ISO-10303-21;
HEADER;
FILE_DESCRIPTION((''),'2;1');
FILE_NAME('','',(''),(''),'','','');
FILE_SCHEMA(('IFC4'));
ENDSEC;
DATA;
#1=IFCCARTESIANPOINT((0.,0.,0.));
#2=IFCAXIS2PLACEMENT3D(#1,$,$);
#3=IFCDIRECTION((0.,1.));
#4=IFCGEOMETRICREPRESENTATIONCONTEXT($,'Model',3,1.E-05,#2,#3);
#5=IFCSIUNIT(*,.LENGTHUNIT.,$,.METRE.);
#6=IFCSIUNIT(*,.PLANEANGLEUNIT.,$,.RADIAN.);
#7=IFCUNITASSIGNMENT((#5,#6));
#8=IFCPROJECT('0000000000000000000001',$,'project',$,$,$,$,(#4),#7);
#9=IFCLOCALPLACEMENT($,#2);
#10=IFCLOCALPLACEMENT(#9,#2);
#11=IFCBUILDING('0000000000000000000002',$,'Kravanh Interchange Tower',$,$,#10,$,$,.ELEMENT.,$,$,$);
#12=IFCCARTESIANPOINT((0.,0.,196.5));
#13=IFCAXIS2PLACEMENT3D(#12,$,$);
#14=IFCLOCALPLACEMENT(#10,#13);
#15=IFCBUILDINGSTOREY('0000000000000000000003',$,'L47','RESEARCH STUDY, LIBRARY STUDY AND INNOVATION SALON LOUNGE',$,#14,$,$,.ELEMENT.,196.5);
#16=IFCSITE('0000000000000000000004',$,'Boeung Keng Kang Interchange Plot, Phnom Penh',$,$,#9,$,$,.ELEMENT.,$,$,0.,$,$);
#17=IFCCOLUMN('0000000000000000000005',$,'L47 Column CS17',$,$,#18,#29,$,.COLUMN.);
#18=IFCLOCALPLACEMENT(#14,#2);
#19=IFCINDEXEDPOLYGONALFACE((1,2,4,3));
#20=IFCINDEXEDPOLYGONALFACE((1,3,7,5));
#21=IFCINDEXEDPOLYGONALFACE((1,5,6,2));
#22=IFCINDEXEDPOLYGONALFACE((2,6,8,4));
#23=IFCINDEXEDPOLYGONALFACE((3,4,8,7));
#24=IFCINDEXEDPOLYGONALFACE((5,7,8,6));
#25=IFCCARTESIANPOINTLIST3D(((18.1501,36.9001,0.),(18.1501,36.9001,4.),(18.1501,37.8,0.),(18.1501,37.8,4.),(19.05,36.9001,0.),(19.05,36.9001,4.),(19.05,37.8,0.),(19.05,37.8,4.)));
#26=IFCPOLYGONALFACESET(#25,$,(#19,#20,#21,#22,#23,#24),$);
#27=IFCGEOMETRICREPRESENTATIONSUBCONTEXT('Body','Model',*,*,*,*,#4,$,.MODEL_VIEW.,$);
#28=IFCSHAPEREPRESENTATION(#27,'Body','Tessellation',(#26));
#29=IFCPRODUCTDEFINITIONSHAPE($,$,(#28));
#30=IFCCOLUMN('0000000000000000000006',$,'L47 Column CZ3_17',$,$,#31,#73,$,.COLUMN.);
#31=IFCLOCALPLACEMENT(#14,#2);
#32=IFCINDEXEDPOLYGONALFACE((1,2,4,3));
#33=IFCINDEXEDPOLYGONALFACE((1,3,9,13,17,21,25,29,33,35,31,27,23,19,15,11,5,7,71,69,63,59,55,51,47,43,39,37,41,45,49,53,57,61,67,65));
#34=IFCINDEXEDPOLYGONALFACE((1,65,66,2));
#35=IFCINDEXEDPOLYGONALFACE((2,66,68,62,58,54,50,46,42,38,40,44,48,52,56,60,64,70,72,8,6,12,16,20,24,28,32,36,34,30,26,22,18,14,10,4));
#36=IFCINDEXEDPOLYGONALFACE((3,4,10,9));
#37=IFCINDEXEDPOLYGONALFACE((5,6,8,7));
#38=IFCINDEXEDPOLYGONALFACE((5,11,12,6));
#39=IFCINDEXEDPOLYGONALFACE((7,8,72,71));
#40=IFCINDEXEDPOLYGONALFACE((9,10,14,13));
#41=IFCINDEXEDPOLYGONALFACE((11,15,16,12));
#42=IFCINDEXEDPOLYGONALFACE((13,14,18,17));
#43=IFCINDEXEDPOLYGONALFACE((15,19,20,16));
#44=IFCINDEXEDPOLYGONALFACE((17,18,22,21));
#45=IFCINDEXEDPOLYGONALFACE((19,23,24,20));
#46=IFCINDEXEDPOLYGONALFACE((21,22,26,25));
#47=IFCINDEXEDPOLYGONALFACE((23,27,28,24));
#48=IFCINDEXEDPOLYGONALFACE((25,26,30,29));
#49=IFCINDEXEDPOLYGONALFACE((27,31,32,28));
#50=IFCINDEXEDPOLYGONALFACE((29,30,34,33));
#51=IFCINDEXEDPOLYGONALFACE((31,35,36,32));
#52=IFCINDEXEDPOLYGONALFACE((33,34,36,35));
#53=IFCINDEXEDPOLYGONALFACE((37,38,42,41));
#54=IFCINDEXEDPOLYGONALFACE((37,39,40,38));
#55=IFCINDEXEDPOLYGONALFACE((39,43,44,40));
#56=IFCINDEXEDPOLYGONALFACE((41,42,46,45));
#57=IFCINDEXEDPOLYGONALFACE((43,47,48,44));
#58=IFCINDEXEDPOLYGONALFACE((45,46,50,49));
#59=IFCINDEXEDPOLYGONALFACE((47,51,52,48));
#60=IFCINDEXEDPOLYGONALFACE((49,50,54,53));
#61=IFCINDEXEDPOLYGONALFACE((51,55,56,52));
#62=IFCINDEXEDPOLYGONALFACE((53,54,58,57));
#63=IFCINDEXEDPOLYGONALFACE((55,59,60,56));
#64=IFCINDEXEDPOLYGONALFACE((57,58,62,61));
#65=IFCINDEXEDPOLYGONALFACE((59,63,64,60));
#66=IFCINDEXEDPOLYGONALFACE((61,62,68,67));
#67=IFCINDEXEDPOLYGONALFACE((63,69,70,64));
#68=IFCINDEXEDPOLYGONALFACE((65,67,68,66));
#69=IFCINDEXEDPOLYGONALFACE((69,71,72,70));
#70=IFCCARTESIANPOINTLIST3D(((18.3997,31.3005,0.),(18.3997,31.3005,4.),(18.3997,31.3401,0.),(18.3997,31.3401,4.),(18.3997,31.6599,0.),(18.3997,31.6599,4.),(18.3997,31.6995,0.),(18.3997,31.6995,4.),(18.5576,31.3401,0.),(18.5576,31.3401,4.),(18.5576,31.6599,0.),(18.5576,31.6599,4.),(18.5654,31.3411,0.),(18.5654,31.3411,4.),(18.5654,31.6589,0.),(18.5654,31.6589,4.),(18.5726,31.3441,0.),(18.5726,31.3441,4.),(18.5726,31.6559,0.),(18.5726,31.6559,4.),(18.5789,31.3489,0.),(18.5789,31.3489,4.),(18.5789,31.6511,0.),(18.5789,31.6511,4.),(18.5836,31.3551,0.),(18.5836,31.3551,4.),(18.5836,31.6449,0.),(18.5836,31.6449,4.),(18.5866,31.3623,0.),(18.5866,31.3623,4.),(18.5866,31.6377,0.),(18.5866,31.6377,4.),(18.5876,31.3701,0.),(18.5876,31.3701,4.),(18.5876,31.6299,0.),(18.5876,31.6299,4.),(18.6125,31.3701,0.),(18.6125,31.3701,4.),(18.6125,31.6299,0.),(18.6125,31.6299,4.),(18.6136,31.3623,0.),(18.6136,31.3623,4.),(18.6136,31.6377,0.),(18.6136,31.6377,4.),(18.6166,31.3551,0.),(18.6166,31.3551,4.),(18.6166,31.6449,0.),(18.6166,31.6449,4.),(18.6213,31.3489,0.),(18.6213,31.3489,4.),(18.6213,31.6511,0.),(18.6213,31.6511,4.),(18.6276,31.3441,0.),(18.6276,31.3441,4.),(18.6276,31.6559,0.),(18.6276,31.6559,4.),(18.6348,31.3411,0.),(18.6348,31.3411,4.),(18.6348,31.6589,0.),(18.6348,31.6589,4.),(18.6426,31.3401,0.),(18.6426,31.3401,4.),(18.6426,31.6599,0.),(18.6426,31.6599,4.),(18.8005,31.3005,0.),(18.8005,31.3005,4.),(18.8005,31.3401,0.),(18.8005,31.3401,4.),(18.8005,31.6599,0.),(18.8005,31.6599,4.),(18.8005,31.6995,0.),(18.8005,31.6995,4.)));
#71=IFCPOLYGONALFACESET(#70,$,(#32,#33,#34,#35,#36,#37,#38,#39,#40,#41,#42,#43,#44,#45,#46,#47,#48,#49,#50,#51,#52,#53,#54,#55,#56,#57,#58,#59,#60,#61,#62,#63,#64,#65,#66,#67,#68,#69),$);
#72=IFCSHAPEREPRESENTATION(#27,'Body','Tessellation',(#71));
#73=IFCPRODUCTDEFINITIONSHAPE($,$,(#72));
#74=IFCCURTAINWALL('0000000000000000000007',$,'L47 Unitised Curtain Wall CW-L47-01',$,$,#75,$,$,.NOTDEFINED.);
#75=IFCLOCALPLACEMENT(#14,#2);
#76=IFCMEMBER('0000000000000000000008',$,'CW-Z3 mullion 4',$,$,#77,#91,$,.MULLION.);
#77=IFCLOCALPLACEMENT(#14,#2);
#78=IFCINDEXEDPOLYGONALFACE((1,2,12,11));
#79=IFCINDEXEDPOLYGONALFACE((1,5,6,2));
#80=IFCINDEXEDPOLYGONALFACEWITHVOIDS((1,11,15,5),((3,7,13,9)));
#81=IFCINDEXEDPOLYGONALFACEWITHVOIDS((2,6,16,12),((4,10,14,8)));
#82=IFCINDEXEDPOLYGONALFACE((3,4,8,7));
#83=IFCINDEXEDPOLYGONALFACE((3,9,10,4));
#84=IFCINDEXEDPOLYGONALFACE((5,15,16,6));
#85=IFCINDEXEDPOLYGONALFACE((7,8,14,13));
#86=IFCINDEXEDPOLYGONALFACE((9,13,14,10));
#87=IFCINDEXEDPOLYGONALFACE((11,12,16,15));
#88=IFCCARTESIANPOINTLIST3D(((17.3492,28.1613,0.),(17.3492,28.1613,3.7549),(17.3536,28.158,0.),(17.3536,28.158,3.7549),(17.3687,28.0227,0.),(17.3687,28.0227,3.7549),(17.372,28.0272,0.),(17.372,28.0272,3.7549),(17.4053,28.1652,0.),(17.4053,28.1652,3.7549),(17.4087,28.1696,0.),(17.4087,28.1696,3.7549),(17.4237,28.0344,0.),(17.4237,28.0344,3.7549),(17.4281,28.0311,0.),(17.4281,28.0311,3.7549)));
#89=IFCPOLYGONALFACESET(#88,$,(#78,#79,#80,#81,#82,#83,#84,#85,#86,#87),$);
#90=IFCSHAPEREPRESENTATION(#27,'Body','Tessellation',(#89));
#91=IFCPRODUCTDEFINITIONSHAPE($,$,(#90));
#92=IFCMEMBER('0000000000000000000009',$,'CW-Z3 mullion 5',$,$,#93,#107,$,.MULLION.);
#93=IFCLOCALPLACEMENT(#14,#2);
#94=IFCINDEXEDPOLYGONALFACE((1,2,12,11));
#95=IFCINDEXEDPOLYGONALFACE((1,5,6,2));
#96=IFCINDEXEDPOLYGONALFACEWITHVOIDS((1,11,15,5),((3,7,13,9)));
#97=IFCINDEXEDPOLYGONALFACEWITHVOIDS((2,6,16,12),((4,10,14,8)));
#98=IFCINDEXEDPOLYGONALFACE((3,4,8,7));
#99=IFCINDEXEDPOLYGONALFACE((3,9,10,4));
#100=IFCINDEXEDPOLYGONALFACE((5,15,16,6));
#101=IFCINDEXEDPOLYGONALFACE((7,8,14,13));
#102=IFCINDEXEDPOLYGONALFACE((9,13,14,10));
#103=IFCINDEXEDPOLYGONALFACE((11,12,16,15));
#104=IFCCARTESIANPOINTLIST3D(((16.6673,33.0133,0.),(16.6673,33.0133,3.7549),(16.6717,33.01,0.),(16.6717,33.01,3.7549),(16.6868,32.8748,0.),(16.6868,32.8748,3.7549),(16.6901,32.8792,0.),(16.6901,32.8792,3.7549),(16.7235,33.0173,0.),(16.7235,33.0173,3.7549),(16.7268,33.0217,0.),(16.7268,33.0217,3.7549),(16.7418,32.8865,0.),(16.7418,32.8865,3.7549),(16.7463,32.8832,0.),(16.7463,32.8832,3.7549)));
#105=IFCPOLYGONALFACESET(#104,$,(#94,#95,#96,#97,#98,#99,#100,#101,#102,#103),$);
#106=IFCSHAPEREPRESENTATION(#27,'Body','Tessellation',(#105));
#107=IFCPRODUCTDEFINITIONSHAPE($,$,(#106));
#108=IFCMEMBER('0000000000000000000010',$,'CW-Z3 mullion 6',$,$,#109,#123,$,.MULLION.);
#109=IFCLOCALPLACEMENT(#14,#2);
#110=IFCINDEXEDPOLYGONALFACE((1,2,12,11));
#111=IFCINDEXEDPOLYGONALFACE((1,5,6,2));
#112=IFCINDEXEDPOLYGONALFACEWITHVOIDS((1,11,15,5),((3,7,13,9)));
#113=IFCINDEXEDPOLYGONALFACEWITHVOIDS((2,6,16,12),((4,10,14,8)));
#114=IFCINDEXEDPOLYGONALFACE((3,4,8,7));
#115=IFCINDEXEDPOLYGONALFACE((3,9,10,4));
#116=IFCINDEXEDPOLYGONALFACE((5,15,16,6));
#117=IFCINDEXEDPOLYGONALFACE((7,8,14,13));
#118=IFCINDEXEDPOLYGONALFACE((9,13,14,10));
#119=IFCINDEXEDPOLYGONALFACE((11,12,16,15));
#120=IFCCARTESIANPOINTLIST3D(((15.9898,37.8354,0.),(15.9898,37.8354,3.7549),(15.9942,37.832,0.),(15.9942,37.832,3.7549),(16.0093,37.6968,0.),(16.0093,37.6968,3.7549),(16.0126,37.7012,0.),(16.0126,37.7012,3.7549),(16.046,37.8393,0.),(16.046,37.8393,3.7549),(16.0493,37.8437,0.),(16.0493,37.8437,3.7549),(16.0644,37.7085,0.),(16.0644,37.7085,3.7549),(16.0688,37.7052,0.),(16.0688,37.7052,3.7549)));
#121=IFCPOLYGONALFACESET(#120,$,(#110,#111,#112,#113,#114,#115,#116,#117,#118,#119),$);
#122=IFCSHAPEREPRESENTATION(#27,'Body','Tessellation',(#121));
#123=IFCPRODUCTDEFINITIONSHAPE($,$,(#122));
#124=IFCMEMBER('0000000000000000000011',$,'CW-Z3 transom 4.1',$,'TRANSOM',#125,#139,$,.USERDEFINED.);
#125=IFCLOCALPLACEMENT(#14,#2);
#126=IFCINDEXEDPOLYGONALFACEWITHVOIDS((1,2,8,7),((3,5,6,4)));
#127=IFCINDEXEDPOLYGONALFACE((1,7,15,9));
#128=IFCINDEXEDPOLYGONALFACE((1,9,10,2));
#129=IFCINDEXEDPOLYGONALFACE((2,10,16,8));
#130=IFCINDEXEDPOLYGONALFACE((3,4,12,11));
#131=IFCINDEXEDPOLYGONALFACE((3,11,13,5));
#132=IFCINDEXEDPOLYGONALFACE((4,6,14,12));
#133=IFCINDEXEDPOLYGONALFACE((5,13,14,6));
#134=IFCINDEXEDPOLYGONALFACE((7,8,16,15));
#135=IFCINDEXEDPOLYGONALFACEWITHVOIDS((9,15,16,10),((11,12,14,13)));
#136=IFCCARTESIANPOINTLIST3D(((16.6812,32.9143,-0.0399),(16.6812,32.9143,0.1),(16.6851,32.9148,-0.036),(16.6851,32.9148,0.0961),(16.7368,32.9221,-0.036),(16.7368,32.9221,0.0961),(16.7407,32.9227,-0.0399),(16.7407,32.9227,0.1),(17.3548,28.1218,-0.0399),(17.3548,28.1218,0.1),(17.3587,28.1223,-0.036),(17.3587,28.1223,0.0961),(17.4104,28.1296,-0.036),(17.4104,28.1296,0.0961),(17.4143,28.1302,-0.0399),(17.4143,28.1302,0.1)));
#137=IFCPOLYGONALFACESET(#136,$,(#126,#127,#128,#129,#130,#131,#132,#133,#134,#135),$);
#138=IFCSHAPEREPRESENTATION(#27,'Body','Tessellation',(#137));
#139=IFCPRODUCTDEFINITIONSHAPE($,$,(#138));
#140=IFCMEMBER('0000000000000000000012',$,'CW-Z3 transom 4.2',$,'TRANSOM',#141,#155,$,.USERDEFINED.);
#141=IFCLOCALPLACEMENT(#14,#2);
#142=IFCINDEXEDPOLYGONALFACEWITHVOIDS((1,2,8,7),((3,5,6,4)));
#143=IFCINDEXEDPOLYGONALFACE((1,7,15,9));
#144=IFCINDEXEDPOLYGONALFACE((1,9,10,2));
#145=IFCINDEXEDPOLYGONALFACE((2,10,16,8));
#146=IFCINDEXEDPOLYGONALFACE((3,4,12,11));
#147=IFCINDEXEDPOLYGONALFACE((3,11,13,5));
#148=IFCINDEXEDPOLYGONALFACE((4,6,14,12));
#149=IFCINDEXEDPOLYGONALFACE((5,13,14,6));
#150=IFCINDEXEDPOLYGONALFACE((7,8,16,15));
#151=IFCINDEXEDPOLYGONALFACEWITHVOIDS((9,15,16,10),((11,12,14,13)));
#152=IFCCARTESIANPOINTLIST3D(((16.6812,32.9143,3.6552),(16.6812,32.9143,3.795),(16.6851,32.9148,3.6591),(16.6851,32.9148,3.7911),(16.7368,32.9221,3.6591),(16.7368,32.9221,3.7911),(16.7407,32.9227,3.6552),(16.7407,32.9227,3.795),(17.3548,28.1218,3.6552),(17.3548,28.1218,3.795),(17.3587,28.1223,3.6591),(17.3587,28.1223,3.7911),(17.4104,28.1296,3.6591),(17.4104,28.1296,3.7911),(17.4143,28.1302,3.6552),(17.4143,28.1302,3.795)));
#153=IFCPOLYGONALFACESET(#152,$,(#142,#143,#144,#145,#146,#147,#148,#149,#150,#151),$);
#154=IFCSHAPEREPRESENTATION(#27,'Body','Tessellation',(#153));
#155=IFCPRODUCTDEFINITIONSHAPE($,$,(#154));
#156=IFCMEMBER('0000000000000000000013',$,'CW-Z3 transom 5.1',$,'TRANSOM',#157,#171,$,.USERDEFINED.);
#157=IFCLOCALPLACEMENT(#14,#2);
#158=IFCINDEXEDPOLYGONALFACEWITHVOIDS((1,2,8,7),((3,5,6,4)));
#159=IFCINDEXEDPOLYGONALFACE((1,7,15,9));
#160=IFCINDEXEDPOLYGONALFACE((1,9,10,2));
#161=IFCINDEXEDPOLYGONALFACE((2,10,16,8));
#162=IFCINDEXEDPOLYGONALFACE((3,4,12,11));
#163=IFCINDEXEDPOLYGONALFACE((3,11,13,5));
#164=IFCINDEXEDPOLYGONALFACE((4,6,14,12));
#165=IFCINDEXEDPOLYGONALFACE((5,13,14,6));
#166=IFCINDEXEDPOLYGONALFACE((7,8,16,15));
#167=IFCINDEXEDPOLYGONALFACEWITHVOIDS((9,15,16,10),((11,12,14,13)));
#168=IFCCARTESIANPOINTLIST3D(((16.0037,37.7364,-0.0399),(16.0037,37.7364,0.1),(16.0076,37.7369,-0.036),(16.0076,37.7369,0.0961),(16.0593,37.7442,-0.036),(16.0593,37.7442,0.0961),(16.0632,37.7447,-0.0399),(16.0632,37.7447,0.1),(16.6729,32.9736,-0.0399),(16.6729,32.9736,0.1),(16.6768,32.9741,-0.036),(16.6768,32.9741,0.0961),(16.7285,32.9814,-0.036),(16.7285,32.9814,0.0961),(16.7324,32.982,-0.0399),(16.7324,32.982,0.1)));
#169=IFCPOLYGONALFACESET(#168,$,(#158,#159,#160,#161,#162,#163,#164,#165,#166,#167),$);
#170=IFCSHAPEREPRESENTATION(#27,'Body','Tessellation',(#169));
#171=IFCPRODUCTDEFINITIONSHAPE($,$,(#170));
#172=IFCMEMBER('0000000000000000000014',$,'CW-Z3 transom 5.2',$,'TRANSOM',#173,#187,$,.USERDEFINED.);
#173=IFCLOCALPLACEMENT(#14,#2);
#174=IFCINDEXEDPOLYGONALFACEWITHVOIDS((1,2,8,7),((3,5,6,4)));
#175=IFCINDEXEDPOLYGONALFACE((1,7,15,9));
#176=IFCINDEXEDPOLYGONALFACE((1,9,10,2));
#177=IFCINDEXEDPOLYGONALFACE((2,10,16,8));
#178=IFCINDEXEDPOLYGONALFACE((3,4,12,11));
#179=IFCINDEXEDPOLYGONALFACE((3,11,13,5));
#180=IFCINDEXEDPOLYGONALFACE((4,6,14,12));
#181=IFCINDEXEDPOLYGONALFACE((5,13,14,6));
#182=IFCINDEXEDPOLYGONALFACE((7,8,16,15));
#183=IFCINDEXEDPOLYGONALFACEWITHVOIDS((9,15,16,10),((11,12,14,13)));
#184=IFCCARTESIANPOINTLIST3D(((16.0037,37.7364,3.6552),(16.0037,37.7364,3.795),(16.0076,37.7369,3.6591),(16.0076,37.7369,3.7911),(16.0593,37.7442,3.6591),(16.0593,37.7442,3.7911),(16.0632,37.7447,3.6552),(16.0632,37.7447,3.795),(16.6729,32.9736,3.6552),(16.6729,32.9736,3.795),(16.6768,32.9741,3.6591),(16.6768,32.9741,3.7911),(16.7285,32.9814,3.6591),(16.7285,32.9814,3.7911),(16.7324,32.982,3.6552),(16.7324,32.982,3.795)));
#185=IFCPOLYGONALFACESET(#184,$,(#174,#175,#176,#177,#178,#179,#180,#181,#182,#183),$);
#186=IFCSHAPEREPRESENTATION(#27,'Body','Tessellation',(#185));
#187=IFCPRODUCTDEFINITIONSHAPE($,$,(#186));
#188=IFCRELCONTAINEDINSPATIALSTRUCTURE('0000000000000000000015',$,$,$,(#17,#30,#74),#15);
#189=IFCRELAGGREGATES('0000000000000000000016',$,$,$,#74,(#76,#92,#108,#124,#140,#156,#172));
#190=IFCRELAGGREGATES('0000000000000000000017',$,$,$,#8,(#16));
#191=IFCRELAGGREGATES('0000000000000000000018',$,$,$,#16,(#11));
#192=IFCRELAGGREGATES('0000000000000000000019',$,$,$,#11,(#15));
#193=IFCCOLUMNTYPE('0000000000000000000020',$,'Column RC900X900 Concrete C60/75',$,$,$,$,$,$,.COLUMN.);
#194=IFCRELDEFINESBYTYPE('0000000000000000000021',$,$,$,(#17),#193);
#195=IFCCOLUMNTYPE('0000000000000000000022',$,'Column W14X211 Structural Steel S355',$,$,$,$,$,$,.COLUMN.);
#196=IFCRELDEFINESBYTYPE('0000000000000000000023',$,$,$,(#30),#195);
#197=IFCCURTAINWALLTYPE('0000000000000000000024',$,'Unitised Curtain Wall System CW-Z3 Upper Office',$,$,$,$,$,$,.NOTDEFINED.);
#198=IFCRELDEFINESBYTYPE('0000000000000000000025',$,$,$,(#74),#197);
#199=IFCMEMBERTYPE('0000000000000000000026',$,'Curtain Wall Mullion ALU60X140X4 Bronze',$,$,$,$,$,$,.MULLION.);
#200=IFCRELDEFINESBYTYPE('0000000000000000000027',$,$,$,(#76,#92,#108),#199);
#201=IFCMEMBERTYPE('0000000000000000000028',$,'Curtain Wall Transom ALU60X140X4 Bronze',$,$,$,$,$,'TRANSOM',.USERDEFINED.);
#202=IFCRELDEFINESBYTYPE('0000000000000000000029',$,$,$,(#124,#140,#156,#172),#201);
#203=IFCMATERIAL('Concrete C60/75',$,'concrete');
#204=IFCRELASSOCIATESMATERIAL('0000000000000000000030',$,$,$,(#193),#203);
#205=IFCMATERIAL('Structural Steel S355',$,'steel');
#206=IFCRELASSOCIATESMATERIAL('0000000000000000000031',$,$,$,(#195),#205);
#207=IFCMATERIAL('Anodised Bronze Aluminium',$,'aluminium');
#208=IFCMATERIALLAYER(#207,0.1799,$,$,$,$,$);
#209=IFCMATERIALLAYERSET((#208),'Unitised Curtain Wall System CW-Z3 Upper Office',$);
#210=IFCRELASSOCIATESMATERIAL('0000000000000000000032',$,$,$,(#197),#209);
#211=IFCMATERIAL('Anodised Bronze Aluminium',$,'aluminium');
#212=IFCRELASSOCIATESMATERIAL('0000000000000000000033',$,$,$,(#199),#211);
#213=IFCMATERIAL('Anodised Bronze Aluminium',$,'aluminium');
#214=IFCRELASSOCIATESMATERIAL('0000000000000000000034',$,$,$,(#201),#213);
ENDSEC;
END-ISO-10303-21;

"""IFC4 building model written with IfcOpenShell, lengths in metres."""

from ifc_helpers import new_model, si_unit, direction, frame, origin, origin_2d, place, context, subcontext, project, spatial, rectangle, hollow_rectangle, i_section, extrude, material, layer, layer_set, material_profile, profile_set, type_object, element, aggregate, save


model = new_model("IFC4")

# Units and contexts
model_context = context("Model", 3, precision=1e-05, world=origin(), true_north=direction((0.0, 1.0)))
body_context = subcontext(model_context, "Body", "Model", "MODEL_VIEW")
ifc_project = project(units=[si_unit("LENGTHUNIT", "METRE"), si_unit("PLANEANGLEUNIT", "RADIAN")], contexts=[model_context])

# Site, building, storey
site_placement = place(None, origin())
site = spatial("IfcSite", under=ifc_project, at=site_placement, Name="Boeung Keng Kang Interchange Plot, Phnom Penh", CompositionType="ELEMENT", RefElevation=0.0)
building_placement = place(site_placement, origin())
building = spatial("IfcBuilding", under=site, at=building_placement, Name="Kravanh Interchange Tower", CompositionType="ELEMENT")
storey_placement = place(building_placement, frame((0.0, 0.0, 196.5)))
storey = spatial("IfcBuildingStorey", under=building, at=storey_placement, Name="L47", Description="RESEARCH STUDY, LIBRARY STUDY AND INNOVATION SALON LOUNGE", CompositionType="ELEMENT", Elevation=196.5)

# Columns
ifc_material_1 = material(Name="Concrete C60/75", Category="concrete")
ifc_material_profile_1 = material_profile(ifc_material_1, rectangle(XDim=0.8999, YDim=0.8999, at=origin_2d()), Name="RC900X900")
ifc_profile_set_1 = profile_set([ifc_material_profile_1], Name="Concrete C60/75")
column_type_1 = type_object("IfcColumnType", Name="Column RC900X900 Concrete C60/75", PredefinedType="COLUMN", material=ifc_profile_set_1)
column_1_placement = place(storey_placement, frame((18.6001, 37.3501, 0.0), z_axis=(0.0, 0.0, 1.0), x_axis=(1.0, 0.0, 0.0)))
element("IfcColumn", 1, at=column_1_placement, inside=storey, type_object=column_type_1, Name="L47 Column CS17", PredefinedType="COLUMN", context=body_context, shape_type="SweptSolid", body=[
    extrude(rectangle(XDim=0.8999, YDim=0.8999, at=origin_2d()), origin(), (0.0, 0.0, 1.0), 4.0),
])
ifc_material_2 = material(Name="Structural Steel S355", Category="steel")
ifc_material_profile_2 = material_profile(ifc_material_2, i_section(OverallWidth=0.4009, OverallDepth=0.3989, WebThickness=0.0249, FlangeThickness=0.0396, FilletRadius=0.03, at=origin_2d()), Name="W14X211")
ifc_profile_set_2 = profile_set([ifc_material_profile_2], Name="Structural Steel S355")
column_type_2 = type_object("IfcColumnType", Name="Column W14X211 Structural Steel S355", PredefinedType="COLUMN", material=ifc_profile_set_2)
column_2_placement = place(storey_placement, frame((18.6001, 31.5, 0.0), z_axis=(0.0, 0.0, 1.0), x_axis=(1.0, 0.0, 0.0)))
element("IfcColumn", 2, at=column_2_placement, inside=storey, type_object=column_type_2, Name="L47 Column CZ3_17", PredefinedType="COLUMN", context=body_context, shape_type="SweptSolid", body=[
    extrude(i_section(OverallWidth=0.4009, OverallDepth=0.3989, WebThickness=0.0249, FlangeThickness=0.0396, FilletRadius=0.03, at=origin_2d()), origin(), (0.0, 0.0, 1.0), 4.0),
])

# Curtain wall, members
ifc_material_3 = material(Name="Anodised Bronze Aluminium", Category="aluminium")
ifc_layer_1 = layer(ifc_material_3, 0.1799)
ifc_layer_set_1 = layer_set([ifc_layer_1], Name="Unitised Curtain Wall System CW-Z3 Upper Office")
curtain_wall_type = type_object("IfcCurtainWallType", Name="Unitised Curtain Wall System CW-Z3 Upper Office", PredefinedType="NOTDEFINED", material=ifc_layer_set_1)
curtain_wall_placement = place(storey_placement, origin())
curtain_wall = element("IfcCurtainWall", 3, at=curtain_wall_placement, inside=storey, type_object=curtain_wall_type, Name="L47 Unitised Curtain Wall CW-L47-01", PredefinedType="NOTDEFINED")
ifc_material_4 = material(Name="Anodised Bronze Aluminium", Category="aluminium")
ifc_material_profile_3 = material_profile(ifc_material_4, hollow_rectangle(XDim=0.0601, YDim=0.1399, WallThickness=0.0039, at=origin_2d()), Name="ALU60X140X4")
ifc_profile_set_3 = profile_set([ifc_material_profile_3], Name="Anodised Bronze Aluminium")
member_type_1 = type_object("IfcMemberType", Name="Curtain Wall Mullion ALU60X140X4 Bronze", PredefinedType="MULLION", material=ifc_profile_set_3)
member_1_placement = place(storey_placement, frame((17.3887, 28.0962, 0.0), z_axis=(0.0, 0.0, 1.0), x_axis=(-0.990268, -0.139172, 0.0)))
member_1 = element("IfcMember", 4, at=member_1_placement, type_object=member_type_1, Name="CW-Z3 mullion 4", PredefinedType="MULLION", context=body_context, shape_type="SweptSolid", body=[
    extrude(hollow_rectangle(XDim=0.0601, YDim=0.1399, WallThickness=0.0039, at=origin_2d()), origin(), (0.0, 0.0, 1.0), 3.7549),
])
member_2_placement = place(storey_placement, frame((16.7068, 32.9482, 0.0), z_axis=(0.0, 0.0, 1.0), x_axis=(-0.990268, -0.139172, 0.0)))
member_2 = element("IfcMember", 5, at=member_2_placement, type_object=member_type_1, Name="CW-Z3 mullion 5", PredefinedType="MULLION", context=body_context, shape_type="SweptSolid", body=[
    extrude(hollow_rectangle(XDim=0.0601, YDim=0.1399, WallThickness=0.0039, at=origin_2d()), origin(), (0.0, 0.0, 1.0), 3.7549),
])
member_3_placement = place(storey_placement, frame((16.0293, 37.7703, 0.0), z_axis=(0.0, 0.0, 1.0), x_axis=(-0.990268, -0.139172, 0.0)))
member_3 = element("IfcMember", 6, at=member_3_placement, type_object=member_type_1, Name="CW-Z3 mullion 6", PredefinedType="MULLION", context=body_context, shape_type="SweptSolid", body=[
    extrude(hollow_rectangle(XDim=0.0601, YDim=0.1399, WallThickness=0.0039, at=origin_2d()), origin(), (0.0, 0.0, 1.0), 3.7549),
])
ifc_material_5 = material(Name="Anodised Bronze Aluminium", Category="aluminium")
ifc_material_profile_4 = material_profile(ifc_material_5, hollow_rectangle(XDim=0.0601, YDim=0.1399, WallThickness=0.0039, at=origin_2d()), Name="ALU60X140X4")
ifc_profile_set_4 = profile_set([ifc_material_profile_4], Name="Anodised Bronze Aluminium")
member_type_2 = type_object("IfcMemberType", Name="Curtain Wall Transom ALU60X140X4 Bronze", ElementType="TRANSOM", PredefinedType="USERDEFINED", material=ifc_profile_set_4)
member_4_placement = place(storey_placement, frame((17.3845, 28.126, 0.03), z_axis=(-0.139182, 0.990267, 0.0), x_axis=(-0.990267, -0.139182, 0.0)))
member_4 = element("IfcMember", 7, at=member_4_placement, type_object=member_type_2, Name="CW-Z3 transom 4.1", ObjectType="TRANSOM", PredefinedType="USERDEFINED", context=body_context, shape_type="SweptSolid", body=[
    extrude(hollow_rectangle(XDim=0.0601, YDim=0.1399, WallThickness=0.0039, at=origin_2d()), origin(), (0.0, 0.0, 1.0), 4.8396),
])
member_5_placement = place(storey_placement, frame((17.3845, 28.126, 3.7251), z_axis=(-0.139182, 0.990267, 0.0), x_axis=(-0.990267, -0.139182, 0.0)))
member_5 = element("IfcMember", 8, at=member_5_placement, type_object=member_type_2, Name="CW-Z3 transom 4.2", ObjectType="TRANSOM", PredefinedType="USERDEFINED", context=body_context, shape_type="SweptSolid", body=[
    extrude(hollow_rectangle(XDim=0.0601, YDim=0.1399, WallThickness=0.0039, at=origin_2d()), origin(), (0.0, 0.0, 1.0), 4.8396),
])
member_6_placement = place(storey_placement, frame((16.7026, 32.9778, 0.03), z_axis=(-0.13914, 0.990273, 0.0), x_axis=(-0.990273, -0.13914, 0.0)))
member_6 = element("IfcMember", 9, at=member_6_placement, type_object=member_type_2, Name="CW-Z3 transom 5.1", ObjectType="TRANSOM", PredefinedType="USERDEFINED", context=body_context, shape_type="SweptSolid", body=[
    extrude(hollow_rectangle(XDim=0.0601, YDim=0.1399, WallThickness=0.0039, at=origin_2d()), origin(), (0.0, 0.0, 1.0), 4.8096),
])
member_7_placement = place(storey_placement, frame((16.7026, 32.9778, 3.7251), z_axis=(-0.13914, 0.990273, 0.0), x_axis=(-0.990273, -0.13914, 0.0)))
member_7 = element("IfcMember", 10, at=member_7_placement, type_object=member_type_2, Name="CW-Z3 transom 5.2", ObjectType="TRANSOM", PredefinedType="USERDEFINED", context=body_context, shape_type="SweptSolid", body=[
    extrude(hollow_rectangle(XDim=0.0601, YDim=0.1399, WallThickness=0.0039, at=origin_2d()), origin(), (0.0, 0.0, 1.0), 4.8096),
])

aggregate(curtain_wall, [member_1, member_2, member_3, member_4, member_5, member_6, member_7])

save(model, "model.ifc")
